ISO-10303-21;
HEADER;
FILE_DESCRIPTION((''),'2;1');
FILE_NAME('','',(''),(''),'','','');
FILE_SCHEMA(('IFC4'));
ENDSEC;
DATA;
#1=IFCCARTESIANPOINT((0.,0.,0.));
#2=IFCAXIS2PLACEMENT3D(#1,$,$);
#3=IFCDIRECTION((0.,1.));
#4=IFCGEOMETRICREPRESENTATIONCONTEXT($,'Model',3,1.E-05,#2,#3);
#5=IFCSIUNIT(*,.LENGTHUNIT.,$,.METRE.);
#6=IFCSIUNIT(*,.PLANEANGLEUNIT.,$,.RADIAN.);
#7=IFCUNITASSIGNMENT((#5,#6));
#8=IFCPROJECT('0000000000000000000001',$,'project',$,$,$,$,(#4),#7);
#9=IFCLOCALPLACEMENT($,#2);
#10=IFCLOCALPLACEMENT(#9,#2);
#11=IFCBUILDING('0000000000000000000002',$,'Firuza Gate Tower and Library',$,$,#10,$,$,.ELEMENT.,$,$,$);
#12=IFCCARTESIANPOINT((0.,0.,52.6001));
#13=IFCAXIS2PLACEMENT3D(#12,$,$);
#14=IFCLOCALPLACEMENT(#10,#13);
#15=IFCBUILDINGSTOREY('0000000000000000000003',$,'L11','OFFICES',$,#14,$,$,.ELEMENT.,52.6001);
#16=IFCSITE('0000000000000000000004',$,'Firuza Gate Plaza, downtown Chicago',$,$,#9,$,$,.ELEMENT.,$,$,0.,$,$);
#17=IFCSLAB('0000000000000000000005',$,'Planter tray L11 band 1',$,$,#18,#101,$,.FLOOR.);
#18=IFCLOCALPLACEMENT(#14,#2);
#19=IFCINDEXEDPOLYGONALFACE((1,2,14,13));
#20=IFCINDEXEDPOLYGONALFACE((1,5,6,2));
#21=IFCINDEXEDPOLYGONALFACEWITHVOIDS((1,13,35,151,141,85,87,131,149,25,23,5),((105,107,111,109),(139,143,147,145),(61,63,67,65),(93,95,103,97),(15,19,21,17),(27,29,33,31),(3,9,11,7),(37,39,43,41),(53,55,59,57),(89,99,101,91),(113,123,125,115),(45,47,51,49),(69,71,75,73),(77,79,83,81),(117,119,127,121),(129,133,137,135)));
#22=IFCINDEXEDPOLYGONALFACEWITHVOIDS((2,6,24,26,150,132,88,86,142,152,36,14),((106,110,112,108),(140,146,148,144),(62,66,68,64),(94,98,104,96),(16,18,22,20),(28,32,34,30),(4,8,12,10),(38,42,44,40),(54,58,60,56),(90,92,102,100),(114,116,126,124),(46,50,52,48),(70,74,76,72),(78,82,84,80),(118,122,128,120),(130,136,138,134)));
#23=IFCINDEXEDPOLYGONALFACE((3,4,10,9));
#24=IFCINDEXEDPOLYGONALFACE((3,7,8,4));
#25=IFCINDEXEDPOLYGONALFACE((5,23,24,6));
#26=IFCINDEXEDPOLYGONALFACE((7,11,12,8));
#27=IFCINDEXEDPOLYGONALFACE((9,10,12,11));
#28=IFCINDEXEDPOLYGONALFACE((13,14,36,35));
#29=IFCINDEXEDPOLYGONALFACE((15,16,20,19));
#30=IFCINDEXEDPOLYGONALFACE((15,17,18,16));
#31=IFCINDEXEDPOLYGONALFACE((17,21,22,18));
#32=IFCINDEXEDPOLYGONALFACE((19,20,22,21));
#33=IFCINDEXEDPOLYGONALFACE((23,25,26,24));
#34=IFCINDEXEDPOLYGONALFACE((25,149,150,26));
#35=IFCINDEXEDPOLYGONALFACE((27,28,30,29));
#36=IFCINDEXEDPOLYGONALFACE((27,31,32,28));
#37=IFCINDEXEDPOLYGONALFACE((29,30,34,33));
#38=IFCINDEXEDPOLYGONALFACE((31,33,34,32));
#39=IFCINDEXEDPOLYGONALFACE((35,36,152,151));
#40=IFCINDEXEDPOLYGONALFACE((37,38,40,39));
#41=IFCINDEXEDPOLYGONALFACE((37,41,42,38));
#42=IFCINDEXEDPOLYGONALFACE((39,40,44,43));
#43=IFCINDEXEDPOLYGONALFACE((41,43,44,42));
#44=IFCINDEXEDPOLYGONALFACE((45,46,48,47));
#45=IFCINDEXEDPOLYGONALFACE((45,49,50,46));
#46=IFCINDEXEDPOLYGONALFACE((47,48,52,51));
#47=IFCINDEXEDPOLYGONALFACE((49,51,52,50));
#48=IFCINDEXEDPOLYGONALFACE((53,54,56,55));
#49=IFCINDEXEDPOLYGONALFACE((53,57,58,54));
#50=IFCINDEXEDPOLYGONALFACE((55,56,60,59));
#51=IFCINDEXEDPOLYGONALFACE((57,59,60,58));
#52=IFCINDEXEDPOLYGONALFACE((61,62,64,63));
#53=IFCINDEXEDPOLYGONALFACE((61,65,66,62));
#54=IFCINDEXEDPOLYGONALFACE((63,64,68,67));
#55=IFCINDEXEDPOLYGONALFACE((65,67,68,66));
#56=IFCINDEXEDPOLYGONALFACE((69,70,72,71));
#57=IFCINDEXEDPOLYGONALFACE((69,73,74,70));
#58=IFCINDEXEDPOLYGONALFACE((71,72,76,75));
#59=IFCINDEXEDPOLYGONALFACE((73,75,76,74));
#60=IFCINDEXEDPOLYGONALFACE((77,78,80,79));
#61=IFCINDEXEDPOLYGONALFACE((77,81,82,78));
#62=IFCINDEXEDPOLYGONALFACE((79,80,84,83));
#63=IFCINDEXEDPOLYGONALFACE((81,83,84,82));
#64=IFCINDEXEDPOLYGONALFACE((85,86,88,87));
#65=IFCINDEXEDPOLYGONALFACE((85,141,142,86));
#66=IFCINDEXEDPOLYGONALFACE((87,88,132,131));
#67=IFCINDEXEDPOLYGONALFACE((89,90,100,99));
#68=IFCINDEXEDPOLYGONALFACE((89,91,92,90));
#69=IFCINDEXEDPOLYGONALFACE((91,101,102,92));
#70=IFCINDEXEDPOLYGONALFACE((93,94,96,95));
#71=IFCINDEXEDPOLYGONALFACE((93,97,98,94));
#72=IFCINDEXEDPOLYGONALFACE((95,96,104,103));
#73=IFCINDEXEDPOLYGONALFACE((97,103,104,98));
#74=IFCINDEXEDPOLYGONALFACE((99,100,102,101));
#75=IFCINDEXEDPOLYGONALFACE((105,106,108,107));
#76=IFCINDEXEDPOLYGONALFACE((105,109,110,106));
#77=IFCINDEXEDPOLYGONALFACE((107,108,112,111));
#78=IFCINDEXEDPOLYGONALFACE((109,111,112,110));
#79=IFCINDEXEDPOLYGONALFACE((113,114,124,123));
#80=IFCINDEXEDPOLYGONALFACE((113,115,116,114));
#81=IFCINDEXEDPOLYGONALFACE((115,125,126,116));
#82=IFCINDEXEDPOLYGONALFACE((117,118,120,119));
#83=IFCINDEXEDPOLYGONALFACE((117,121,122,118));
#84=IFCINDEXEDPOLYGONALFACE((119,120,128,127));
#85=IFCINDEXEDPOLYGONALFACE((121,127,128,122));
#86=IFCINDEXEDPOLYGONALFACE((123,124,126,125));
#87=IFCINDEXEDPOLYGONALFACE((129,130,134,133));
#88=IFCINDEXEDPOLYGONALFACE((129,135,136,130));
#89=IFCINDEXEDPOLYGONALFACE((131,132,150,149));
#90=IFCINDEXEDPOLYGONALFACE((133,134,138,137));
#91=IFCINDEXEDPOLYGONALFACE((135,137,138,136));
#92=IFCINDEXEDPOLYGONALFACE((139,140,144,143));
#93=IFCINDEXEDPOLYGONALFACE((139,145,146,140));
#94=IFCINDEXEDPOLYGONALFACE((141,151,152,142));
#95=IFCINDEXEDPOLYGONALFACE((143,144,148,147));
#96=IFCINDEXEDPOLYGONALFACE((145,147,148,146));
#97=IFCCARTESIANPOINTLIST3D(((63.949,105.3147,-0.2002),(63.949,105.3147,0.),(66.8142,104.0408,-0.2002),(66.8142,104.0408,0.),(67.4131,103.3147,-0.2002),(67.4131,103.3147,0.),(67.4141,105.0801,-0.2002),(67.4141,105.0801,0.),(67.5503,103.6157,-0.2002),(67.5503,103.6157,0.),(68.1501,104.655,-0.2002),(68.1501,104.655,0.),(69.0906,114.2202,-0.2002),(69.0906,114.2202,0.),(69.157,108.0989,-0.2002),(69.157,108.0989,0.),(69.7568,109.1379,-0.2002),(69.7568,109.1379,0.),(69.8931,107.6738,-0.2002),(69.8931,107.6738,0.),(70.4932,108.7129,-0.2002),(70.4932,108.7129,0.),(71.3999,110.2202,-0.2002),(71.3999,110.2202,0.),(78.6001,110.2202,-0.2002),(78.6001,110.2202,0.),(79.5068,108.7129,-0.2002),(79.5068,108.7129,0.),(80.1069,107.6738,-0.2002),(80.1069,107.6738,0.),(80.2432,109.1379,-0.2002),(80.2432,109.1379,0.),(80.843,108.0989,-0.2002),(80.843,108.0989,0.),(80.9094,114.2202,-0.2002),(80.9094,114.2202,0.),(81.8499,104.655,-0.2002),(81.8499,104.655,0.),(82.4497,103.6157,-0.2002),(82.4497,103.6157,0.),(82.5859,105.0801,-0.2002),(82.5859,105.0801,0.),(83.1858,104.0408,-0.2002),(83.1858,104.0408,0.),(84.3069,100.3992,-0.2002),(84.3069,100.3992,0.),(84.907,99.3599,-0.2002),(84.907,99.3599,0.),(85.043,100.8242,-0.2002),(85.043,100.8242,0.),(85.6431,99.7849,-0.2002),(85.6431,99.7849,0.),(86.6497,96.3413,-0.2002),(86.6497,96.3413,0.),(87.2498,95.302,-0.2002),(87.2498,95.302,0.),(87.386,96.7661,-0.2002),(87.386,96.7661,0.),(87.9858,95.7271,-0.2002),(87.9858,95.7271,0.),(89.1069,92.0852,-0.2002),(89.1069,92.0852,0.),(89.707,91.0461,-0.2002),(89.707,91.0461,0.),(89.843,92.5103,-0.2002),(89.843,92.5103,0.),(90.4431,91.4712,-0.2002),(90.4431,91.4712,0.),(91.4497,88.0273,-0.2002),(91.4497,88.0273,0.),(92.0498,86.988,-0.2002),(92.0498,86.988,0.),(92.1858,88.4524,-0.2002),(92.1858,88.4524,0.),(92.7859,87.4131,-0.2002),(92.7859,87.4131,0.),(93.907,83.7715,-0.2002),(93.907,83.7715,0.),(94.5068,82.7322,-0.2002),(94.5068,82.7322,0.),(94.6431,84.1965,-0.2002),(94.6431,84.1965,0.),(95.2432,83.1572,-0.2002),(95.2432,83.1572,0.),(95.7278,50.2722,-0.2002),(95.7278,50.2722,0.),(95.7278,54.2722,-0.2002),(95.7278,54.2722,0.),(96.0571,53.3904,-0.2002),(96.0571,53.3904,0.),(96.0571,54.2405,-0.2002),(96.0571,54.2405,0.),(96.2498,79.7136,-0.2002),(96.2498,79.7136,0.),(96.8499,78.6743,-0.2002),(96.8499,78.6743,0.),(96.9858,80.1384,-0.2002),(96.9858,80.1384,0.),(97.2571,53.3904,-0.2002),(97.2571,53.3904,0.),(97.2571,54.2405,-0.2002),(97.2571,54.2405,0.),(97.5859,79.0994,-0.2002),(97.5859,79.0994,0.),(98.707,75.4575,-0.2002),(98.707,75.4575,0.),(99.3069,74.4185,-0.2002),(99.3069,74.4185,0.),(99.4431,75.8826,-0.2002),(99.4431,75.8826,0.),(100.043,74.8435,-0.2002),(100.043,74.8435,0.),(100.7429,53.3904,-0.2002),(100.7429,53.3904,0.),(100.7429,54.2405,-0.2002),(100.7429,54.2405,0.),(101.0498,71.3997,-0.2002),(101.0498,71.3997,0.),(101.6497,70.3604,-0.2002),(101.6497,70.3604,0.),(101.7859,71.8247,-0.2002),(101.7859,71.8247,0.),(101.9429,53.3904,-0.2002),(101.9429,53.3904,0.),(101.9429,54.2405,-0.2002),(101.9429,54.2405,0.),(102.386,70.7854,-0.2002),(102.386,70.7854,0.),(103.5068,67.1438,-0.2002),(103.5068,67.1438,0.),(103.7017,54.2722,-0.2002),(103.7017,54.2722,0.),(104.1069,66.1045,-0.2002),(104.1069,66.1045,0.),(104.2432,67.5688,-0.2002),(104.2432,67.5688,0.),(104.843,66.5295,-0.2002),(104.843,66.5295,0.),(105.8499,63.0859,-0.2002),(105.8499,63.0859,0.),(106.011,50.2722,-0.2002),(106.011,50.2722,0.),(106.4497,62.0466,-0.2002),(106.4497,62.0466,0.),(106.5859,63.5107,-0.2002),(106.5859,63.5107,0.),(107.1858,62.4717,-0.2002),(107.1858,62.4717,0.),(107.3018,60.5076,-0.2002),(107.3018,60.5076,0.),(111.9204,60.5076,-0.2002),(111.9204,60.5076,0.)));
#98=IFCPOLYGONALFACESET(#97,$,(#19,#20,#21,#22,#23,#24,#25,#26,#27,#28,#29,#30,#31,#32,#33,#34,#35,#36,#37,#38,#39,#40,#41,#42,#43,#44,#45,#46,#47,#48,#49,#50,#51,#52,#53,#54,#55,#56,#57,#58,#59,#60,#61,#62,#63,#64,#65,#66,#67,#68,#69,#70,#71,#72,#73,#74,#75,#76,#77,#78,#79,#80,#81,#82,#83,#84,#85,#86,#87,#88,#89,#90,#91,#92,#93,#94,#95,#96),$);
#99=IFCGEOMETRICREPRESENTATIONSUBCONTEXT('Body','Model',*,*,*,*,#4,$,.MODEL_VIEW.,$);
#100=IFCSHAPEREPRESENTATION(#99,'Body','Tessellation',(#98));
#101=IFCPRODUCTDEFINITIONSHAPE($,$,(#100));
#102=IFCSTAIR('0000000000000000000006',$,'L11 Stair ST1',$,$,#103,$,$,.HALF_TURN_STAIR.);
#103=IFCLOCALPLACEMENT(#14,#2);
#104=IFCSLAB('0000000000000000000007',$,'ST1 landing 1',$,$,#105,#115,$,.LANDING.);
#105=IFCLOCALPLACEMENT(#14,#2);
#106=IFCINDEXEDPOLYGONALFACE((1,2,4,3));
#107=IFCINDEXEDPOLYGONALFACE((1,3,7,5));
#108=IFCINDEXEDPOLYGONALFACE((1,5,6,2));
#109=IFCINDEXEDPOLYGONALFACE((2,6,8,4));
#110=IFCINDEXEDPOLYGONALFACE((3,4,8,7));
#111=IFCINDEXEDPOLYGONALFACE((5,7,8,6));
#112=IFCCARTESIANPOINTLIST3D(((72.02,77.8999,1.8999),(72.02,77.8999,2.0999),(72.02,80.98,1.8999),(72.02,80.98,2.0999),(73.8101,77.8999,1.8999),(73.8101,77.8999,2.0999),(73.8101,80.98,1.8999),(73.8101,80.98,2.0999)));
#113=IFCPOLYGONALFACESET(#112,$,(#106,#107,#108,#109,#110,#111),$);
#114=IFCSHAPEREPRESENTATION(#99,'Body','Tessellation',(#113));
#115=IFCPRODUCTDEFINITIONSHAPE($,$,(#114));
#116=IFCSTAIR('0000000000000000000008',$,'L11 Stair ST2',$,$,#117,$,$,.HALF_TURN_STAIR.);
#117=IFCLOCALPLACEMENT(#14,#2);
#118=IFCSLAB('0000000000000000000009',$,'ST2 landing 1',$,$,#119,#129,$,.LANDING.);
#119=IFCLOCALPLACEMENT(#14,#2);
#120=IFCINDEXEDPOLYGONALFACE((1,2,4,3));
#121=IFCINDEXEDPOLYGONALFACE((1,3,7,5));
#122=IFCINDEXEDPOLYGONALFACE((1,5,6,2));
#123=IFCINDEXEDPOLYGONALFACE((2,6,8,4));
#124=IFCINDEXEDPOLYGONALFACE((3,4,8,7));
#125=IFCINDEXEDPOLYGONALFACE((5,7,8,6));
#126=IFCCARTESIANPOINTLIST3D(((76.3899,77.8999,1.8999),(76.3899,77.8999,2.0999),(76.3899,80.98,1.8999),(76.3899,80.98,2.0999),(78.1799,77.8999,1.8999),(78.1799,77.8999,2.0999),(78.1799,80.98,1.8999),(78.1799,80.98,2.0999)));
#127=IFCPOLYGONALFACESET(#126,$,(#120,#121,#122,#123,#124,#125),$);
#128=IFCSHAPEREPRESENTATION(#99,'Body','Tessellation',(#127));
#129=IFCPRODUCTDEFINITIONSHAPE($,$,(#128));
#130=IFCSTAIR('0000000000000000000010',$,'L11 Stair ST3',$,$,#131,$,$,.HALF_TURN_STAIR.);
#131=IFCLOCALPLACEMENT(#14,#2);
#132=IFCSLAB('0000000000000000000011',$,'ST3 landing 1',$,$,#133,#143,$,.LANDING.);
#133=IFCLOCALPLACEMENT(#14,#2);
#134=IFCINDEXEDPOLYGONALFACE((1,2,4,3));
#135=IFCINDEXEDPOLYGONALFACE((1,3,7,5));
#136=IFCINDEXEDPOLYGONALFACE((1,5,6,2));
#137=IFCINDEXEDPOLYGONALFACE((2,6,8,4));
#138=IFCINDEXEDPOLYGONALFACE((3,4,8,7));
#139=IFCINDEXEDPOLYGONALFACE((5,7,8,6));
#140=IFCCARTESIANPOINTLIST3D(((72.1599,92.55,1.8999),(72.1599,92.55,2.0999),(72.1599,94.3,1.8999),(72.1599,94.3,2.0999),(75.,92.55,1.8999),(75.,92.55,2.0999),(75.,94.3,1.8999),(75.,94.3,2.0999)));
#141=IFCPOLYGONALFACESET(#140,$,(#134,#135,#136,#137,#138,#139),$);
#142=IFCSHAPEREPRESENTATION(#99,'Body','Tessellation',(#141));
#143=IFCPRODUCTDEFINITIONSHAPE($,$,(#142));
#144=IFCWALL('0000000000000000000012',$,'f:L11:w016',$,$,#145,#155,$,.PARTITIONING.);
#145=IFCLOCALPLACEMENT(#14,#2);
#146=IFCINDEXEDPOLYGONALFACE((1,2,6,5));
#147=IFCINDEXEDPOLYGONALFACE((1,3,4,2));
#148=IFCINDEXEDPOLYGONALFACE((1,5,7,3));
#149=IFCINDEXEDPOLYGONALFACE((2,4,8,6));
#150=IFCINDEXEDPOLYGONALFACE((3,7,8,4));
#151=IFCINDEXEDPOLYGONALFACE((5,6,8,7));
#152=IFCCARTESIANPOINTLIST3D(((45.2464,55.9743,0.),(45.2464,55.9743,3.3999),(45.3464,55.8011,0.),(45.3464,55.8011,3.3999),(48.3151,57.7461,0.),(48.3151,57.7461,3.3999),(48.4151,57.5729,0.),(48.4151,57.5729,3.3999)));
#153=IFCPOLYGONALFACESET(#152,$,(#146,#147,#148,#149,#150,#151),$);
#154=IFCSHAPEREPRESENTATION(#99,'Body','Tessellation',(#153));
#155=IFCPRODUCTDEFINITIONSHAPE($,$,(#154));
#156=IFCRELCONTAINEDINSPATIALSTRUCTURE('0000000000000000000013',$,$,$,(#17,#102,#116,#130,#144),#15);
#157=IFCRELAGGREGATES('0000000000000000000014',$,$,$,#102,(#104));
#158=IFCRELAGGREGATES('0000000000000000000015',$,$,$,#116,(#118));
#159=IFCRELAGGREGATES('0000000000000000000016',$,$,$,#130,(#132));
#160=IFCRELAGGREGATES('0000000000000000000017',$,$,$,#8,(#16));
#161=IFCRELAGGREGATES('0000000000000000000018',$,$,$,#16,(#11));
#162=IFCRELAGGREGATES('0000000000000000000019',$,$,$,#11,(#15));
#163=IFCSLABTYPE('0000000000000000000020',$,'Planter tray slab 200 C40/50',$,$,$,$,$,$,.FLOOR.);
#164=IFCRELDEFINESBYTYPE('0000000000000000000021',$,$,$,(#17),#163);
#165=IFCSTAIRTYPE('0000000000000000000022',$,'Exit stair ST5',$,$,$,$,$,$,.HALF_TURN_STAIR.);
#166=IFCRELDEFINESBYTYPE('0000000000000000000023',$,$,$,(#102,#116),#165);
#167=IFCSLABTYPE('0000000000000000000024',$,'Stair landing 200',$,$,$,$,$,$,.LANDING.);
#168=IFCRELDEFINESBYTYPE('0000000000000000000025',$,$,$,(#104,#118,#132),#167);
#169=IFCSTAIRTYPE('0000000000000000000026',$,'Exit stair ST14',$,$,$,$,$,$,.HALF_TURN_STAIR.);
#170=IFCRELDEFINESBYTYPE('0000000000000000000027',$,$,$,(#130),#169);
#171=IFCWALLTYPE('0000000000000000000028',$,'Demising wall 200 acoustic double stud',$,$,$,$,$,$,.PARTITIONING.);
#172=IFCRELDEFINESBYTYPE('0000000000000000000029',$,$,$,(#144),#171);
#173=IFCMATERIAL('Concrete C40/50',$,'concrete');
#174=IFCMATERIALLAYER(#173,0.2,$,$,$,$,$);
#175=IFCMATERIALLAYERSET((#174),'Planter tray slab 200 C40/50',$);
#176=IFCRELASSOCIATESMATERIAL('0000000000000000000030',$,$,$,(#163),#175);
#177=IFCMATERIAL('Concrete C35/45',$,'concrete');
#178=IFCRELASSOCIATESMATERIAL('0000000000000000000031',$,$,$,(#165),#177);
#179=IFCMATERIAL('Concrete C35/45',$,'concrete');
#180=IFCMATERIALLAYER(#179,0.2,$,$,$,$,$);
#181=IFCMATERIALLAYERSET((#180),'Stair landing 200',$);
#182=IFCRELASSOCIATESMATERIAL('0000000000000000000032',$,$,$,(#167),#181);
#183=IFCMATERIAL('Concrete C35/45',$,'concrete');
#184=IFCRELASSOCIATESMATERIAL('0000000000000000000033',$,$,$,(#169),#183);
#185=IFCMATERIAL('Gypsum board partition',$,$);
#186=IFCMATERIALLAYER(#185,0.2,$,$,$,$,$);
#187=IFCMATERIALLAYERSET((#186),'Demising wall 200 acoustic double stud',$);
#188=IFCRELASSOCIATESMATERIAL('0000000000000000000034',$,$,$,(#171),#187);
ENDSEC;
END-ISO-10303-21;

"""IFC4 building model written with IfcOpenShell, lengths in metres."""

from ifc_helpers import new_model, si_unit, direction, frame, frame_2d, origin, place, context, subcontext, project, spatial, polyline, rectangle, outline, extrude, material, layer, layer_set, type_object, element, aggregate, save


model = new_model("IFC4")

# Units and contexts
model_context = context("Model", 3, precision=1e-05, world=origin(), true_north=direction((0.0, 1.0)))
body_context = subcontext(model_context, "Body", "Model", "MODEL_VIEW")
ifc_project = project(units=[si_unit("LENGTHUNIT", "METRE"), si_unit("PLANEANGLEUNIT", "RADIAN")], contexts=[model_context])

# Site, building, storey
site_placement = place(None, origin())
site = spatial("IfcSite", under=ifc_project, at=site_placement, Name="Firuza Gate Plaza, downtown Chicago", CompositionType="ELEMENT", RefElevation=0.0)
building_placement = place(site_placement, origin())
building = spatial("IfcBuilding", under=site, at=building_placement, Name="Firuza Gate Tower and Library", CompositionType="ELEMENT")
storey_placement = place(building_placement, frame((0.0, 0.0, 52.6001)))
storey = spatial("IfcBuildingStorey", under=building, at=storey_placement, Name="L11", Description="OFFICES", CompositionType="ELEMENT", Elevation=52.6001)

# Shared definitions
placement_1 = place(storey_placement, origin())

# Shared definitions
placement_2 = place(storey_placement, frame((0.0, 0.0, -0.2002)))

# Slab
ifc_material_1 = material(Name="Concrete C40/50", Category="concrete")
ifc_layer_1 = layer(ifc_material_1, 0.2)
ifc_layer_set_1 = layer_set([ifc_layer_1], Name="Planter tray slab 200 C40/50")
slab_type_1 = type_object("IfcSlabType", Name="Planter tray slab 200 C40/50", PredefinedType="FLOOR", material=ifc_layer_set_1)
element("IfcSlab", 1, at=placement_2, inside=storey, type_object=slab_type_1, Name="Planter tray L11 band 1", PredefinedType="FLOOR", context=body_context, shape_type="SweptSolid", body=[
    extrude(outline(polyline([(95.7278, 54.2722), (95.7278, 50.2722), (106.011, 50.2722), (111.9204, 60.5076), (80.9094, 114.2202), (69.0906, 114.2202), (63.949, 105.3147), (67.4131, 103.3147), (71.3999, 110.2202), (78.6001, 110.2202), (107.3018, 60.5076), (103.7017, 54.2722), (95.7278, 54.2722)]), holes=[polyline([(68.1501, 104.655), (67.5503, 103.6157), (66.8142, 104.0408), (67.4141, 105.0801), (68.1501, 104.655)]), polyline([(70.4932, 108.7129), (69.8931, 107.6738), (69.157, 108.0989), (69.7568, 109.1379), (70.4932, 108.7129)]), polyline([(100.7429, 53.3904), (100.7429, 54.2405), (101.9429, 54.2405), (101.9429, 53.3904), (100.7429, 53.3904)]), polyline([(96.0571, 53.3904), (96.0571, 54.2405), (97.2571, 54.2405), (97.2571, 53.3904), (96.0571, 53.3904)]), polyline([(107.1858, 62.4717), (106.4497, 62.0466), (105.8499, 63.0859), (106.5859, 63.5107), (107.1858, 62.4717)]), polyline([(104.1069, 66.1045), (103.5068, 67.1438), (104.2432, 67.5688), (104.843, 66.5295), (104.1069, 66.1045)]), polyline([(101.6497, 70.3604), (101.0498, 71.3997), (101.7859, 71.8247), (102.386, 70.7854), (101.6497, 70.3604)]), polyline([(100.043, 74.8435), (99.3069, 74.4185), (98.707, 75.4575), (99.4431, 75.8826), (100.043, 74.8435)]), polyline([(97.5859, 79.0994), (96.8499, 78.6743), (96.2498, 79.7136), (96.9858, 80.1384), (97.5859, 79.0994)]), polyline([(95.2432, 83.1572), (94.5068, 82.7322), (93.907, 83.7715), (94.6431, 84.1965), (95.2432, 83.1572)]), polyline([(92.7859, 87.4131), (92.0498, 86.988), (91.4497, 88.0273), (92.1858, 88.4524), (92.7859, 87.4131)]), polyline([(90.4431, 91.4712), (89.707, 91.0461), (89.1069, 92.0852), (89.843, 92.5103), (90.4431, 91.4712)]), polyline([(87.9858, 95.7271), (87.2498, 95.302), (86.6497, 96.3413), (87.386, 96.7661), (87.9858, 95.7271)]), polyline([(85.6431, 99.7849), (84.907, 99.3599), (84.3069, 100.3992), (85.043, 100.8242), (85.6431, 99.7849)]), polyline([(82.4497, 103.6157), (81.8499, 104.655), (82.5859, 105.0801), (83.1858, 104.0408), (82.4497, 103.6157)]), polyline([(80.1069, 107.6738), (79.5068, 108.7129), (80.2432, 109.1379), (80.843, 108.0989), (80.1069, 107.6738)])]), origin(), (0.0, 0.0, 1.0), 0.2002),
])

# Stairs, slabs
ifc_material_2 = material(Name="Concrete C35/45", Category="concrete")
stair_type_1 = type_object("IfcStairType", Name="Exit stair ST5", PredefinedType="HALF_TURN_STAIR", material=ifc_material_2)
stair_1 = element("IfcStair", 2, at=placement_1, inside=storey, type_object=stair_type_1, Name="L11 Stair ST1", PredefinedType="HALF_TURN_STAIR")
ifc_material_3 = material(Name="Concrete C35/45", Category="concrete")
ifc_layer_2 = layer(ifc_material_3, 0.2)
ifc_layer_set_2 = layer_set([ifc_layer_2], Name="Stair landing 200")
slab_type_2 = type_object("IfcSlabType", Name="Stair landing 200", PredefinedType="LANDING", material=ifc_layer_set_2)
placement_3 = place(storey_placement, frame((0.0, 0.0, 1.8999)))
slab_1 = element("IfcSlab", 3, at=placement_3, type_object=slab_type_2, Name="ST1 landing 1", PredefinedType="LANDING", context=body_context, shape_type="SweptSolid", body=[
    extrude(outline(polyline([(72.02, 77.8999), (73.8101, 77.8999), (73.8101, 80.98), (72.02, 80.98), (72.02, 77.8999)])), origin(), (0.0, 0.0, 1.0), 0.2),
])
aggregate(stair_1, [slab_1])
stair_2 = element("IfcStair", 4, at=placement_1, inside=storey, type_object=stair_type_1, Name="L11 Stair ST2", PredefinedType="HALF_TURN_STAIR")
slab_2 = element("IfcSlab", 5, at=placement_3, type_object=slab_type_2, Name="ST2 landing 1", PredefinedType="LANDING", context=body_context, shape_type="SweptSolid", body=[
    extrude(outline(polyline([(78.1799, 80.98), (76.3899, 80.98), (76.3899, 77.8999), (78.1799, 77.8999), (78.1799, 80.98)])), origin(), (0.0, 0.0, 1.0), 0.2),
])
aggregate(stair_2, [slab_2])
ifc_material_4 = material(Name="Concrete C35/45", Category="concrete")
stair_type_2 = type_object("IfcStairType", Name="Exit stair ST14", PredefinedType="HALF_TURN_STAIR", material=ifc_material_4)
stair_3 = element("IfcStair", 6, at=placement_1, inside=storey, type_object=stair_type_2, Name="L11 Stair ST3", PredefinedType="HALF_TURN_STAIR")
slab_3 = element("IfcSlab", 7, at=placement_3, type_object=slab_type_2, Name="ST3 landing 1", PredefinedType="LANDING", context=body_context, shape_type="SweptSolid", body=[
    extrude(outline(polyline([(75.0, 92.55), (75.0, 94.3), (72.1599, 94.3), (72.1599, 92.55), (75.0, 92.55)])), origin(), (0.0, 0.0, 1.0), 0.2),
])
aggregate(stair_3, [slab_3])

# Wall
ifc_material_5 = material(Name="Gypsum board partition")
ifc_layer_3 = layer(ifc_material_5, 0.2)
ifc_layer_set_3 = layer_set([ifc_layer_3], Name="Demising wall 200 acoustic double stud")
wall_type_1 = type_object("IfcWallType", Name="Demising wall 200 acoustic double stud", PredefinedType="PARTITIONING", material=ifc_layer_set_3)
wall_1_placement = place(storey_placement, frame((45.2964, 55.8877, 0.0), z_axis=(0.0, 0.0, 1.0), x_axis=(0.866017, 0.500015, 0.0)))
element("IfcWall", 8, at=wall_1_placement, inside=storey, type_object=wall_type_1, Name="f:L11:w016", PredefinedType="PARTITIONING", context=body_context, shape_type="SweptSolid", body=[
    extrude(rectangle(XDim=3.5435, YDim=0.2, at=frame_2d((1.7717, 0.0))), origin(), (0.0, 0.0, 1.0), 3.3999),
])

save(model, "model.ifc")
